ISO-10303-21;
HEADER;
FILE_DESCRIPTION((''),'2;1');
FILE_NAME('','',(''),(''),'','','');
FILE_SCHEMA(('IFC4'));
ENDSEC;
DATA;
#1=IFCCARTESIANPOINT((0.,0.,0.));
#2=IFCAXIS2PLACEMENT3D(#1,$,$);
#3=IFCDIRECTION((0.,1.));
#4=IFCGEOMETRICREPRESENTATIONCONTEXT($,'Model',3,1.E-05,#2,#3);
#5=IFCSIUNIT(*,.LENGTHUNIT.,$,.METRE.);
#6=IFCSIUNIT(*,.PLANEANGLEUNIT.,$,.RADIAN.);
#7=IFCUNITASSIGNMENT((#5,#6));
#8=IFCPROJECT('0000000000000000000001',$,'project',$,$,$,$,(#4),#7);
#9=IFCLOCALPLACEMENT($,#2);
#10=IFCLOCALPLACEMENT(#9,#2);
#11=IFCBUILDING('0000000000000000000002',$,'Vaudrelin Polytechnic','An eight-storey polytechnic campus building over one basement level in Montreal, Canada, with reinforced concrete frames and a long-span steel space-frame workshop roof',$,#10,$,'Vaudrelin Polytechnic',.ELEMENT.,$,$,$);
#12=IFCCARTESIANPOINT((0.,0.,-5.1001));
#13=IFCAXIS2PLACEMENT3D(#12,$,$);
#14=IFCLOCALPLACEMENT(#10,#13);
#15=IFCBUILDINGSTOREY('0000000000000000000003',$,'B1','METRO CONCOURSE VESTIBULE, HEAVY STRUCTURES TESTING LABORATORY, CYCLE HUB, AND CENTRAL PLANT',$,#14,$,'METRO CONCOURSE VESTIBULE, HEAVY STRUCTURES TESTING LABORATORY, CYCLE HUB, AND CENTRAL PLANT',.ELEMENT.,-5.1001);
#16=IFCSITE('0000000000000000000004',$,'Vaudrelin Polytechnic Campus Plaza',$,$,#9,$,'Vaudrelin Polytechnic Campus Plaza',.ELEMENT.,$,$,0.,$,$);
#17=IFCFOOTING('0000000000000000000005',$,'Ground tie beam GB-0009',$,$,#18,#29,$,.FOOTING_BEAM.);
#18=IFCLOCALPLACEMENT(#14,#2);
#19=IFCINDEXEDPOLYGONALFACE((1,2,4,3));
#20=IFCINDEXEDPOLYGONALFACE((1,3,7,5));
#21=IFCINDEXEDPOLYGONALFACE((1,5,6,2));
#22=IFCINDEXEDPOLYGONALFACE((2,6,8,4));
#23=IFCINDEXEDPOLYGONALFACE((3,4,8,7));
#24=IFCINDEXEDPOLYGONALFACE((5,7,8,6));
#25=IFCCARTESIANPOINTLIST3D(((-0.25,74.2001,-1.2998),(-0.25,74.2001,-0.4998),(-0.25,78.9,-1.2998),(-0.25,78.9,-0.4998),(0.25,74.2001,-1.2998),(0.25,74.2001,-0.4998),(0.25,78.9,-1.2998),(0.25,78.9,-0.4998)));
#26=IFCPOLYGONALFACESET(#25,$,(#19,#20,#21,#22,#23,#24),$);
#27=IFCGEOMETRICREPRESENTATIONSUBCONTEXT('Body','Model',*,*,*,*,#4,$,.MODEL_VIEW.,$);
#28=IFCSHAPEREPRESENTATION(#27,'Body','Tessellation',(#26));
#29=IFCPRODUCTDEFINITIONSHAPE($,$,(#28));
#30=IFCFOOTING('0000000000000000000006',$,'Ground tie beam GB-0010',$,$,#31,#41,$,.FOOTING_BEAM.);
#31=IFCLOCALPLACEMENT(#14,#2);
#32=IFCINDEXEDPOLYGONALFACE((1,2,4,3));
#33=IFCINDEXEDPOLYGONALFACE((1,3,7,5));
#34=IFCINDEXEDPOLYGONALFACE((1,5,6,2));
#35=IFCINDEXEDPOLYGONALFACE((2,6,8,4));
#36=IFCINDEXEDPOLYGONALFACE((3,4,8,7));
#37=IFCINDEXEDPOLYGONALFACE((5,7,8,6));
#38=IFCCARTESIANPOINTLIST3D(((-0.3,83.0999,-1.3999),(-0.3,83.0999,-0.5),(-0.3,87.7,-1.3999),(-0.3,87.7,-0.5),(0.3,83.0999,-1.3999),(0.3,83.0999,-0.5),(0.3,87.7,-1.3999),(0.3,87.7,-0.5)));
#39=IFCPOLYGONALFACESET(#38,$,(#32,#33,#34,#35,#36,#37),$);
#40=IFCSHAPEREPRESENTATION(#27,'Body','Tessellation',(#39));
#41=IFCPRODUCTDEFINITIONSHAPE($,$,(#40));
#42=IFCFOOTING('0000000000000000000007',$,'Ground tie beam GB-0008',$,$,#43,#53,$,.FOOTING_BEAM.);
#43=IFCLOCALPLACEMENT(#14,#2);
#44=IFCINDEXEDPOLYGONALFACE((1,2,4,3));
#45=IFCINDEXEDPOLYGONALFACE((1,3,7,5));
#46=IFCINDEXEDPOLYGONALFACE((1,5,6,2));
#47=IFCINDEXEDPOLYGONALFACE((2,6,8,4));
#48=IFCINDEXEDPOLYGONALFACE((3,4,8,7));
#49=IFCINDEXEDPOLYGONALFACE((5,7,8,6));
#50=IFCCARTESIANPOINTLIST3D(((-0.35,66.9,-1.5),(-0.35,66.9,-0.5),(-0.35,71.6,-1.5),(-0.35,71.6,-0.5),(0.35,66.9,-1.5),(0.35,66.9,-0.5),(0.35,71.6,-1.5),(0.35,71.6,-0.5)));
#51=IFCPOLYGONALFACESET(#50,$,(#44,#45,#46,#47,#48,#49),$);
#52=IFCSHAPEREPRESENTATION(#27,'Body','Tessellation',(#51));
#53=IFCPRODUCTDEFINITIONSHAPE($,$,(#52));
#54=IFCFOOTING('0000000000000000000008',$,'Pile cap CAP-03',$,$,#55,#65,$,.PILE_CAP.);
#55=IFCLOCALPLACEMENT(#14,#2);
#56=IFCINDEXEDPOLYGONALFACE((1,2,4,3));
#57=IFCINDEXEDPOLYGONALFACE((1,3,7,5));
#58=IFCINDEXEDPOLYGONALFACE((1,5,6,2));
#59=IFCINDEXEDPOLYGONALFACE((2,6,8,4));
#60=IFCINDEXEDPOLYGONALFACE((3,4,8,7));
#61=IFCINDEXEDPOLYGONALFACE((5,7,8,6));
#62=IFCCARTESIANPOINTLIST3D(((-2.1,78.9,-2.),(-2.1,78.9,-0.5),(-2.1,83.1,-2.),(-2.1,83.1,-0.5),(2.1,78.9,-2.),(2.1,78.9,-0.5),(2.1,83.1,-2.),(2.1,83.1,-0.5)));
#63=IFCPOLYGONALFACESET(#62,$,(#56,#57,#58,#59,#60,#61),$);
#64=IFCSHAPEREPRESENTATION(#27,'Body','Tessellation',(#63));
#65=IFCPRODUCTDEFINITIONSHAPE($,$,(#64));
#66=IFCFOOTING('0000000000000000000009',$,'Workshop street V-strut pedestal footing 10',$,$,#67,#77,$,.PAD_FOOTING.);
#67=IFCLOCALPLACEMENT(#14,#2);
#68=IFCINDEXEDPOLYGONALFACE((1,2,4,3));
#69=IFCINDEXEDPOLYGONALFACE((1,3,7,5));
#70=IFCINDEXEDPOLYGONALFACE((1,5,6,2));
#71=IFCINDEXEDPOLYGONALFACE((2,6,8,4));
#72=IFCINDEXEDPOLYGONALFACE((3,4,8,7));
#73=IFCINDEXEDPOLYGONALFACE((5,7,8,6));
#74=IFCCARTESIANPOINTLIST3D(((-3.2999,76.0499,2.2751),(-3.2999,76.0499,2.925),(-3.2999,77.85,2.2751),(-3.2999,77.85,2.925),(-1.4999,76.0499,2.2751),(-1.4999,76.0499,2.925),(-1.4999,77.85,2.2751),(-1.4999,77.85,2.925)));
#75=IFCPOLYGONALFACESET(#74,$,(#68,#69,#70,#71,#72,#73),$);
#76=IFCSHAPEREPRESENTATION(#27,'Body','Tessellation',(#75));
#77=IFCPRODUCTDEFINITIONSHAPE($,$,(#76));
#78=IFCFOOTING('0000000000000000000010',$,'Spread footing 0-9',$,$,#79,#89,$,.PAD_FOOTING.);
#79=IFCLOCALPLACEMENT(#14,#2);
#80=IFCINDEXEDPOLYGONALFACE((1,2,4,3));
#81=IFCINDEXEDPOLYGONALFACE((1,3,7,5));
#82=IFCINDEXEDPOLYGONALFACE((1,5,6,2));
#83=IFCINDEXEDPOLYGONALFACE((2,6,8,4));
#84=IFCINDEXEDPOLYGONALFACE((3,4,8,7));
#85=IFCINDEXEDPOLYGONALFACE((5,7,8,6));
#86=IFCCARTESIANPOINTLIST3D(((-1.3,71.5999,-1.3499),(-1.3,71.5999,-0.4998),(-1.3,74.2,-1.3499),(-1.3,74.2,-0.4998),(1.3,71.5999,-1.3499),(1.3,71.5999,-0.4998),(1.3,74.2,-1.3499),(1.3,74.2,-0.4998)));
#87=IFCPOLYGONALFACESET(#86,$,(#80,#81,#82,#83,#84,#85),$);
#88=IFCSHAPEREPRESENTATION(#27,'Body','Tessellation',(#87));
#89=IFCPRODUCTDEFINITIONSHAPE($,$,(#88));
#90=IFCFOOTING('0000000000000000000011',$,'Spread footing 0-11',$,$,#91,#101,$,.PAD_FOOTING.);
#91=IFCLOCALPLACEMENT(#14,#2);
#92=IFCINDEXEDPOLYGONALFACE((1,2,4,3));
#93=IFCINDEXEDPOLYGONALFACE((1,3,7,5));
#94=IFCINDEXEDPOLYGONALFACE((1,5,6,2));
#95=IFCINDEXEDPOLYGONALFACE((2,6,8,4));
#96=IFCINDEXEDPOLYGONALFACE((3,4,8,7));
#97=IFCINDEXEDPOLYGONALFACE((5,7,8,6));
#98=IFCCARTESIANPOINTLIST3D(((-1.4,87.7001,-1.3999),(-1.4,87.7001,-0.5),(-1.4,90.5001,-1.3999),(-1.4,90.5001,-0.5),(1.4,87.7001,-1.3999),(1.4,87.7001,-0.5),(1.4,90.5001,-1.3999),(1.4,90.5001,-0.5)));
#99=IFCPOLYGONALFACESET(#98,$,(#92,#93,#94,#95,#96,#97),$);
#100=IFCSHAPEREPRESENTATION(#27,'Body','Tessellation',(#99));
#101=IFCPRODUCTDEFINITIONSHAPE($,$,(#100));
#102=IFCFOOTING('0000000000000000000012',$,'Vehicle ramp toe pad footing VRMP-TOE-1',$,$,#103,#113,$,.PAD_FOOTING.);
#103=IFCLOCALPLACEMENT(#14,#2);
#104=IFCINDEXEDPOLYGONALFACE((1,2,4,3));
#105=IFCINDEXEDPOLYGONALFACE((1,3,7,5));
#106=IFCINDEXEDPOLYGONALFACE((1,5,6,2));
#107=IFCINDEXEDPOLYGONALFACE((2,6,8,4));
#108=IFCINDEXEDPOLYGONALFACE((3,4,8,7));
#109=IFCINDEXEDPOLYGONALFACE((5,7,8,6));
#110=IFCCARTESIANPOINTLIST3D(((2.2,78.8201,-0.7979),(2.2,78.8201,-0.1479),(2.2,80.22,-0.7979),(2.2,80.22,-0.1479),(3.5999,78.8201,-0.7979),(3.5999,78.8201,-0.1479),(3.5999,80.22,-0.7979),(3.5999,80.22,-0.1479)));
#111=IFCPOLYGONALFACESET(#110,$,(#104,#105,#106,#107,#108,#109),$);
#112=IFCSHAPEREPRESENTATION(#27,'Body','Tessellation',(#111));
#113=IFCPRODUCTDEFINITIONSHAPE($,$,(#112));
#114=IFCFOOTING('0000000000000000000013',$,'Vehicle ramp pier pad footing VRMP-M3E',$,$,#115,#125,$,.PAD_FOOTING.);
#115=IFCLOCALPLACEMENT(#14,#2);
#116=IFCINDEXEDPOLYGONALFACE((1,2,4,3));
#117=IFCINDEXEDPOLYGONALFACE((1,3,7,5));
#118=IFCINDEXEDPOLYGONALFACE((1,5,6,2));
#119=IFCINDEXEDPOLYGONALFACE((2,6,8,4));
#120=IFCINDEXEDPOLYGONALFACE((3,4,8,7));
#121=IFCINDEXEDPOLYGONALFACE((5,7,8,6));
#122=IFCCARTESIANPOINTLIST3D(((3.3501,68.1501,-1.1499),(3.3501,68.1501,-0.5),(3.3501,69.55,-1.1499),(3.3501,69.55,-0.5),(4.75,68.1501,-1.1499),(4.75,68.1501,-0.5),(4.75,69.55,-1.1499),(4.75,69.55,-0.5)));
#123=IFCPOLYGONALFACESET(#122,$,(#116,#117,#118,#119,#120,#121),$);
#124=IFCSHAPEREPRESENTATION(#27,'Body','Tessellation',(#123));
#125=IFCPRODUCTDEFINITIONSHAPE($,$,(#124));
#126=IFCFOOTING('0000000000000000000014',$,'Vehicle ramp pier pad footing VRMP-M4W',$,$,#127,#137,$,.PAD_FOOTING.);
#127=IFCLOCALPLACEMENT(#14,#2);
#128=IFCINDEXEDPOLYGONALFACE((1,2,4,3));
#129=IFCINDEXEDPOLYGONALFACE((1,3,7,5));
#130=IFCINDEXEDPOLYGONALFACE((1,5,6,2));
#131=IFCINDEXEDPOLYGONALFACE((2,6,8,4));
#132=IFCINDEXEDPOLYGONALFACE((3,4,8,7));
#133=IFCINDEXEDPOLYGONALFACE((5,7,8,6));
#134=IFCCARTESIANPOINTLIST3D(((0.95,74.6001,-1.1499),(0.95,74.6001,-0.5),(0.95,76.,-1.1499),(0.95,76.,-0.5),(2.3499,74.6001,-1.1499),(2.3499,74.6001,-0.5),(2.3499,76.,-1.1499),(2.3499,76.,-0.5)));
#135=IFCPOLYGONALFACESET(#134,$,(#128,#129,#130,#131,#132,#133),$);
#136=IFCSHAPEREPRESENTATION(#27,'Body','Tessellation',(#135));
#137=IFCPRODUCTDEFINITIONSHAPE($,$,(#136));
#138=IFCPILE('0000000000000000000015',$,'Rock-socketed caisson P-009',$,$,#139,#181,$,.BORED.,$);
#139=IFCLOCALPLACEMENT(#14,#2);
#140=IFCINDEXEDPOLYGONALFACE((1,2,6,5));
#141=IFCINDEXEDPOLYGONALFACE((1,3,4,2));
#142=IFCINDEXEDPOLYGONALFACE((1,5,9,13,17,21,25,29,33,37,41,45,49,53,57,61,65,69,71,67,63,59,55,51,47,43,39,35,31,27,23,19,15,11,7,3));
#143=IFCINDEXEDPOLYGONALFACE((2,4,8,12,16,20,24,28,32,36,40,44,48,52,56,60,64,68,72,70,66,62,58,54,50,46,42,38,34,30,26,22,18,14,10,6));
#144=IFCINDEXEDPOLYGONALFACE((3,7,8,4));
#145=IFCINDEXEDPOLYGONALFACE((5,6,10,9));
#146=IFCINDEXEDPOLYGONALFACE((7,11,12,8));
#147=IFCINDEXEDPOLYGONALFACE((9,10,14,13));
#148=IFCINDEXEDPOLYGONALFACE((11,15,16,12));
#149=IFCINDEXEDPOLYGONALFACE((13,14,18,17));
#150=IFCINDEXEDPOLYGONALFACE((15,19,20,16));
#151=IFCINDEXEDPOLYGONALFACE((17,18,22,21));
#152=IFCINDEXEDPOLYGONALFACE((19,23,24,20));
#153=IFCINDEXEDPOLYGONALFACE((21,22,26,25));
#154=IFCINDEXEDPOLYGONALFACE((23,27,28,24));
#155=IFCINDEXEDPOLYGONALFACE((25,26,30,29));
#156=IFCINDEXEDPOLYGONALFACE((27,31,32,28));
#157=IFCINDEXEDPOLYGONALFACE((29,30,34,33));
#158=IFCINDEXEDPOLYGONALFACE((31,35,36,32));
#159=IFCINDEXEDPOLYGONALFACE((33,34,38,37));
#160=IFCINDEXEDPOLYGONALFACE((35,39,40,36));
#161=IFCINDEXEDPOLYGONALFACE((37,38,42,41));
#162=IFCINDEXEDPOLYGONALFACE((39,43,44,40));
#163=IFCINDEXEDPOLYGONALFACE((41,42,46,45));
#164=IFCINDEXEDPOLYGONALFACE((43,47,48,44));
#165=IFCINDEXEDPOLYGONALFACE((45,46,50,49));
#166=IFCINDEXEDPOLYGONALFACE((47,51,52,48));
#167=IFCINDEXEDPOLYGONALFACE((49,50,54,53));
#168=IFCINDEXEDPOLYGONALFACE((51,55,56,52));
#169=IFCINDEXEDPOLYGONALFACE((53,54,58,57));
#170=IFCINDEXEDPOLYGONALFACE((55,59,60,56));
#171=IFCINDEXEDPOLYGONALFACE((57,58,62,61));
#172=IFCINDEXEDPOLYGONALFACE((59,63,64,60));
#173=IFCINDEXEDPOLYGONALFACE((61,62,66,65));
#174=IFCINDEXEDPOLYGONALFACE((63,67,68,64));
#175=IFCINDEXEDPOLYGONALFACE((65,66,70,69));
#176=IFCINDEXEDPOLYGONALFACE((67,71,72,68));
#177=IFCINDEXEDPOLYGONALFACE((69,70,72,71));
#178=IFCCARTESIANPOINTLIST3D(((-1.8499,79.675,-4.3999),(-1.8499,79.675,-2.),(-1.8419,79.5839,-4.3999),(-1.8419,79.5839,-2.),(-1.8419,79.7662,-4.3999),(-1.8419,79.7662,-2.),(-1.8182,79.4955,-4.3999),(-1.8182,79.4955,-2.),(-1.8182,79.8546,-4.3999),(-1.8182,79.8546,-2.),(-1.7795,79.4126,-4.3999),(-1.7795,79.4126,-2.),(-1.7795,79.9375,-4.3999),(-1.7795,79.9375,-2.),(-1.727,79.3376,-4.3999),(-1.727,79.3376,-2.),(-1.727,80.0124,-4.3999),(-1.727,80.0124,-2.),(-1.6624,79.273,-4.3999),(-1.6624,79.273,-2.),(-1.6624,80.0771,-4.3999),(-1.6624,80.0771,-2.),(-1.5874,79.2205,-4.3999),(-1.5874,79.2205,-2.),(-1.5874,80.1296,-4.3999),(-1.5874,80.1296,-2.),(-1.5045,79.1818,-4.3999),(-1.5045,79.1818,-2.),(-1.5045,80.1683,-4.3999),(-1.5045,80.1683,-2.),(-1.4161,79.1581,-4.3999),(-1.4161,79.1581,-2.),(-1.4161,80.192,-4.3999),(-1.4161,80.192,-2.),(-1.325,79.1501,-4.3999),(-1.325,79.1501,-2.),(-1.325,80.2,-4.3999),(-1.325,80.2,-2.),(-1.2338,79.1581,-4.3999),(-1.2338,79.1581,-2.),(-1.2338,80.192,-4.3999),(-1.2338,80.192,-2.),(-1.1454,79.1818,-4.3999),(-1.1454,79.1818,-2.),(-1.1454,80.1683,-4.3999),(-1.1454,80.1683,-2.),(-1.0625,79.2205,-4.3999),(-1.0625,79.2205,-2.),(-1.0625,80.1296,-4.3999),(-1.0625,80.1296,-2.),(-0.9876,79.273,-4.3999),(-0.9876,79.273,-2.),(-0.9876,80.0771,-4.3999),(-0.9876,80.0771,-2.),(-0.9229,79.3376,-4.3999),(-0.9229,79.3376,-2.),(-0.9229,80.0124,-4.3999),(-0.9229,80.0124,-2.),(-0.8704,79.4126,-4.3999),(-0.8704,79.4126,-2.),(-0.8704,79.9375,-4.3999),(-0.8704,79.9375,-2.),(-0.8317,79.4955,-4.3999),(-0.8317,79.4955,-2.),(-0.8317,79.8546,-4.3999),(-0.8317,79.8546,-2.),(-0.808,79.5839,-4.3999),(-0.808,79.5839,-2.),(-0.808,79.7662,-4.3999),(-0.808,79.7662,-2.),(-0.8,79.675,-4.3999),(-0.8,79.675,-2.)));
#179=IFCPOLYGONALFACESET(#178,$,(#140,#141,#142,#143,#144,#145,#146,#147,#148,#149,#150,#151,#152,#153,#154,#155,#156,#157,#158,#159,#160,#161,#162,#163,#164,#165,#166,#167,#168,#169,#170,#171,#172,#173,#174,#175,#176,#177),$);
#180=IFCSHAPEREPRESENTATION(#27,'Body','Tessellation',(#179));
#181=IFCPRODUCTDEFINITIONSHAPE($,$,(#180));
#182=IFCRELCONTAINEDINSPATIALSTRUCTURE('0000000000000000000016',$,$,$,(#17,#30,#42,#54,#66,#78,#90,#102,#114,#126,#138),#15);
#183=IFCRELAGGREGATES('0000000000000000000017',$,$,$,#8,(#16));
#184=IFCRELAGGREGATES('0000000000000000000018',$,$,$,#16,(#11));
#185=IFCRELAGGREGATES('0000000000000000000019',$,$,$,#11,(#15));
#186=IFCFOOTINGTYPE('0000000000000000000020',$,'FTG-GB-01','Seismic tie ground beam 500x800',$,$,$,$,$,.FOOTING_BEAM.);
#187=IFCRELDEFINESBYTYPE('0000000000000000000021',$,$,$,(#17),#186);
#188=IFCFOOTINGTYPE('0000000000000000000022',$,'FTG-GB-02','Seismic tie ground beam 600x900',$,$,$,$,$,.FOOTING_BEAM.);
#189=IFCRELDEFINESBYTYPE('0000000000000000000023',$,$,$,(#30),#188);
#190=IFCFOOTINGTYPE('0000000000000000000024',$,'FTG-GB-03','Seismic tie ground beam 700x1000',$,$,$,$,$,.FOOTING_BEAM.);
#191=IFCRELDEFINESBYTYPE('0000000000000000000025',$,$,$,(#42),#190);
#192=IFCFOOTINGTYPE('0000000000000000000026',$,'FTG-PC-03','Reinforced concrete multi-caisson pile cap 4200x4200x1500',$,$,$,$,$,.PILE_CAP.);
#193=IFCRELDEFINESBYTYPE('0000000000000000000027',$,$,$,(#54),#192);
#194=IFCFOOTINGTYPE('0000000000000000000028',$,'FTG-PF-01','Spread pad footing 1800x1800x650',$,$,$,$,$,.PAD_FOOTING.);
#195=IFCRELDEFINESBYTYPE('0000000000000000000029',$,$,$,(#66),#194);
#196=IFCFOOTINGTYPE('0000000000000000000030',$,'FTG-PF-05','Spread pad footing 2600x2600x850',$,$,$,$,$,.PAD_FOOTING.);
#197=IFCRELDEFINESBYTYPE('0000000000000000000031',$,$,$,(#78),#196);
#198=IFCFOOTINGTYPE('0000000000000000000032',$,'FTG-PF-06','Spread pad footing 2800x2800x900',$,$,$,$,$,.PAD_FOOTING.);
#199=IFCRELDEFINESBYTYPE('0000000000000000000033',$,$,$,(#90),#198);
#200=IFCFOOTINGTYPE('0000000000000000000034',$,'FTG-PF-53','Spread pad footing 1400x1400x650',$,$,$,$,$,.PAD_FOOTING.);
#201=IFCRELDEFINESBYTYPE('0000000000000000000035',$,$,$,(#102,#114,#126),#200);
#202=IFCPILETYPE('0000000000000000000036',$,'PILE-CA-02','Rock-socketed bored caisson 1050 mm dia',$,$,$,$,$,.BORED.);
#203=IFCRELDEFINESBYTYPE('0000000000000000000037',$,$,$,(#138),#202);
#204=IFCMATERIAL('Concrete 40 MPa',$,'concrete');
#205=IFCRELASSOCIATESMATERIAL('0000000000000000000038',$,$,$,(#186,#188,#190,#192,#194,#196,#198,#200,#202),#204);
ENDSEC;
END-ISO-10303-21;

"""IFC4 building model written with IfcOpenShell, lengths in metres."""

from ifc_helpers import new_model, si_unit, direction, frame, origin, origin_2d, place, context, subcontext, project, spatial, rectangle, circle, extrude, material, material_profile, profile_set, type_object, element, save


model = new_model("IFC4")

# Units and contexts
model_context = context("Model", 3, precision=1e-05, world=origin(), true_north=direction((0.0, 1.0)))
body_context = subcontext(model_context, "Body", "Model", "MODEL_VIEW")
ifc_project = project(units=[si_unit("LENGTHUNIT", "METRE"), si_unit("PLANEANGLEUNIT", "RADIAN")], contexts=[model_context])

# Site, building, storey
site_placement = place(None, origin())
site = spatial("IfcSite", under=ifc_project, at=site_placement, Name="Vaudrelin Polytechnic Campus Plaza", LongName="Vaudrelin Polytechnic Campus Plaza", CompositionType="ELEMENT", RefElevation=0.0)
building_placement = place(site_placement, origin())
building = spatial("IfcBuilding", under=site, at=building_placement, Name="Vaudrelin Polytechnic", Description="An eight-storey polytechnic campus building over one basement level in Montreal, Canada, with reinforced concrete frames and a long-span steel space-frame workshop roof", LongName="Vaudrelin Polytechnic", CompositionType="ELEMENT")
storey_placement = place(building_placement, frame((0.0, 0.0, -5.1001)))
storey = spatial("IfcBuildingStorey", under=building, at=storey_placement, Name="B1", Description="METRO CONCOURSE VESTIBULE, HEAVY STRUCTURES TESTING LABORATORY, CYCLE HUB, AND CENTRAL PLANT", LongName="METRO CONCOURSE VESTIBULE, HEAVY STRUCTURES TESTING LABORATORY, CYCLE HUB, AND CENTRAL PLANT", CompositionType="ELEMENT", Elevation=-5.1001)

# Footings
ifc_material_1 = material(Name="Concrete 40 MPa", Category="concrete")
footing_type_1 = type_object("IfcFootingType", Name="FTG-GB-01", Description="Seismic tie ground beam 500x800", PredefinedType="FOOTING_BEAM", material=ifc_material_1)
footing_1_placement = place(storey_placement, frame((0.0, 76.55, -1.2998), z_axis=(0.0, 0.0, 1.0), x_axis=(1.0, 0.0, 0.0)))
element("IfcFooting", 1, at=footing_1_placement, inside=storey, type_object=footing_type_1, Name="Ground tie beam GB-0009", PredefinedType="FOOTING_BEAM", context=body_context, shape_type="SweptSolid", body=[
    extrude(rectangle(XDim=0.5, YDim=4.7, at=origin_2d()), origin(), (0.0, 0.0, 1.0), 0.8),
])
footing_type_2 = type_object("IfcFootingType", Name="FTG-GB-02", Description="Seismic tie ground beam 600x900", PredefinedType="FOOTING_BEAM", material=ifc_material_1)
footing_2_placement = place(storey_placement, frame((0.0, 85.3999, -1.3999), z_axis=(0.0, 0.0, 1.0), x_axis=(1.0, 0.0, 0.0)))
element("IfcFooting", 2, at=footing_2_placement, inside=storey, type_object=footing_type_2, Name="Ground tie beam GB-0010", PredefinedType="FOOTING_BEAM", context=body_context, shape_type="SweptSolid", body=[
    extrude(rectangle(XDim=0.6001, YDim=4.6001, at=origin_2d()), origin(), (0.0, 0.0, 1.0), 0.8999),
])
footing_type_3 = type_object("IfcFootingType", Name="FTG-GB-03", Description="Seismic tie ground beam 700x1000", PredefinedType="FOOTING_BEAM", material=ifc_material_1)
footing_3_placement = place(storey_placement, frame((0.0, 69.25, -1.5), z_axis=(0.0, 0.0, 1.0), x_axis=(1.0, 0.0, 0.0)))
element("IfcFooting", 3, at=footing_3_placement, inside=storey, type_object=footing_type_3, Name="Ground tie beam GB-0008", PredefinedType="FOOTING_BEAM", context=body_context, shape_type="SweptSolid", body=[
    extrude(rectangle(XDim=0.7, YDim=4.7, at=origin_2d()), origin(), (0.0, 0.0, 1.0), 1.0),
])
footing_type_4 = type_object("IfcFootingType", Name="FTG-PC-03", Description="Reinforced concrete multi-caisson pile cap 4200x4200x1500", PredefinedType="PILE_CAP", material=ifc_material_1)
footing_4_placement = place(storey_placement, frame((0.0, 81.0, -2.0), z_axis=(0.0, 0.0, 1.0), x_axis=(1.0, 0.0, 0.0)))
element("IfcFooting", 4, at=footing_4_placement, inside=storey, type_object=footing_type_4, Name="Pile cap CAP-03", PredefinedType="PILE_CAP", context=body_context, shape_type="SweptSolid", body=[
    extrude(rectangle(XDim=4.2, YDim=4.2, at=origin_2d()), origin(), (0.0, 0.0, 1.0), 1.5),
])
footing_type_5 = type_object("IfcFootingType", Name="FTG-PF-01", Description="Spread pad footing 1800x1800x650", PredefinedType="PAD_FOOTING", material=ifc_material_1)
footing_5_placement = place(storey_placement, frame((-2.3999, 76.95, 2.2751), z_axis=(0.0, 0.0, 1.0), x_axis=(1.0, 0.0, 0.0)))
element("IfcFooting", 5, at=footing_5_placement, inside=storey, type_object=footing_type_5, Name="Workshop street V-strut pedestal footing 10", PredefinedType="PAD_FOOTING", context=body_context, shape_type="SweptSolid", body=[
    extrude(rectangle(XDim=1.8, YDim=1.8, at=origin_2d()), origin(), (0.0, 0.0, 1.0), 0.6499),
])
footing_type_6 = type_object("IfcFootingType", Name="FTG-PF-05", Description="Spread pad footing 2600x2600x850", PredefinedType="PAD_FOOTING", material=ifc_material_1)
footing_6_placement = place(storey_placement, frame((0.0, 72.8999, -1.3499), z_axis=(0.0, 0.0, 1.0), x_axis=(1.0, 0.0, 0.0)))
element("IfcFooting", 6, at=footing_6_placement, inside=storey, type_object=footing_type_6, Name="Spread footing 0-9", PredefinedType="PAD_FOOTING", context=body_context, shape_type="SweptSolid", body=[
    extrude(rectangle(XDim=2.6001, YDim=2.6001, at=origin_2d()), origin(), (0.0, 0.0, 1.0), 0.8501),
])
footing_type_7 = type_object("IfcFootingType", Name="FTG-PF-06", Description="Spread pad footing 2800x2800x900", PredefinedType="PAD_FOOTING", material=ifc_material_1)
footing_7_placement = place(storey_placement, frame((0.0, 89.1001, -1.3999), z_axis=(0.0, 0.0, 1.0), x_axis=(1.0, 0.0, 0.0)))
element("IfcFooting", 7, at=footing_7_placement, inside=storey, type_object=footing_type_7, Name="Spread footing 0-11", PredefinedType="PAD_FOOTING", context=body_context, shape_type="SweptSolid", body=[
    extrude(rectangle(XDim=2.8, YDim=2.8, at=origin_2d()), origin(), (0.0, 0.0, 1.0), 0.8999),
])
footing_type_8 = type_object("IfcFootingType", Name="FTG-PF-53", Description="Spread pad footing 1400x1400x650", PredefinedType="PAD_FOOTING", material=ifc_material_1)
for number, where, z_axis, x_axis, name in (
    (8, (2.8999, 79.52, -0.7979), (0.0, 0.0, 1.0), (1.0, 0.0, 0.0), "Vehicle ramp toe pad footing VRMP-TOE-1"),
    (9, (4.05, 68.8501, -1.1499), (0.0, 0.0, 1.0), (1.0, 0.0, 0.0), "Vehicle ramp pier pad footing VRMP-M3E"),
    (10, (1.6499, 75.3, -1.1499), (0.0, 0.0, 1.0), (1.0, 0.0, 0.0), "Vehicle ramp pier pad footing VRMP-M4W"),
):
    element("IfcFooting", number, at=place(storey_placement, frame(where, z_axis=z_axis, x_axis=x_axis)), inside=storey, type_object=footing_type_8, Name=name, PredefinedType="PAD_FOOTING", context=body_context, shape_type="SweptSolid", body=[
        extrude(rectangle(XDim=1.3999, YDim=1.3999, at=origin_2d()), origin(), (0.0, 0.0, 1.0), 0.6499),
    ])

# Pile
ifc_material_profile_1 = material_profile(ifc_material_1, circle(Radius=0.5249, at=origin_2d()), Name="CAISSON1050")
ifc_profile_set_1 = profile_set([ifc_material_profile_1], Name="Concrete 40 MPa")
pile_type = type_object("IfcPileType", Name="PILE-CA-02", Description="Rock-socketed bored caisson 1050 mm dia", PredefinedType="BORED", material=ifc_profile_set_1)
for number, where, z_axis, x_axis, name in (
    (11, (-1.325, 79.675, -2.0), (0.0, 0.0, -1.0), (1.0, 0.0, 0.0), "Rock-socketed caisson P-009"),
):
    element("IfcPile", number, at=place(storey_placement, frame(where, z_axis=z_axis, x_axis=x_axis)), inside=storey, type_object=pile_type, Name=name, PredefinedType="BORED", context=body_context, shape_type="SweptSolid", body=[
        extrude(circle(Radius=0.5249, at=origin_2d()), origin(), (0.0, 0.0, 1.0), 2.3999),
    ])

save(model, "model.ifc")
